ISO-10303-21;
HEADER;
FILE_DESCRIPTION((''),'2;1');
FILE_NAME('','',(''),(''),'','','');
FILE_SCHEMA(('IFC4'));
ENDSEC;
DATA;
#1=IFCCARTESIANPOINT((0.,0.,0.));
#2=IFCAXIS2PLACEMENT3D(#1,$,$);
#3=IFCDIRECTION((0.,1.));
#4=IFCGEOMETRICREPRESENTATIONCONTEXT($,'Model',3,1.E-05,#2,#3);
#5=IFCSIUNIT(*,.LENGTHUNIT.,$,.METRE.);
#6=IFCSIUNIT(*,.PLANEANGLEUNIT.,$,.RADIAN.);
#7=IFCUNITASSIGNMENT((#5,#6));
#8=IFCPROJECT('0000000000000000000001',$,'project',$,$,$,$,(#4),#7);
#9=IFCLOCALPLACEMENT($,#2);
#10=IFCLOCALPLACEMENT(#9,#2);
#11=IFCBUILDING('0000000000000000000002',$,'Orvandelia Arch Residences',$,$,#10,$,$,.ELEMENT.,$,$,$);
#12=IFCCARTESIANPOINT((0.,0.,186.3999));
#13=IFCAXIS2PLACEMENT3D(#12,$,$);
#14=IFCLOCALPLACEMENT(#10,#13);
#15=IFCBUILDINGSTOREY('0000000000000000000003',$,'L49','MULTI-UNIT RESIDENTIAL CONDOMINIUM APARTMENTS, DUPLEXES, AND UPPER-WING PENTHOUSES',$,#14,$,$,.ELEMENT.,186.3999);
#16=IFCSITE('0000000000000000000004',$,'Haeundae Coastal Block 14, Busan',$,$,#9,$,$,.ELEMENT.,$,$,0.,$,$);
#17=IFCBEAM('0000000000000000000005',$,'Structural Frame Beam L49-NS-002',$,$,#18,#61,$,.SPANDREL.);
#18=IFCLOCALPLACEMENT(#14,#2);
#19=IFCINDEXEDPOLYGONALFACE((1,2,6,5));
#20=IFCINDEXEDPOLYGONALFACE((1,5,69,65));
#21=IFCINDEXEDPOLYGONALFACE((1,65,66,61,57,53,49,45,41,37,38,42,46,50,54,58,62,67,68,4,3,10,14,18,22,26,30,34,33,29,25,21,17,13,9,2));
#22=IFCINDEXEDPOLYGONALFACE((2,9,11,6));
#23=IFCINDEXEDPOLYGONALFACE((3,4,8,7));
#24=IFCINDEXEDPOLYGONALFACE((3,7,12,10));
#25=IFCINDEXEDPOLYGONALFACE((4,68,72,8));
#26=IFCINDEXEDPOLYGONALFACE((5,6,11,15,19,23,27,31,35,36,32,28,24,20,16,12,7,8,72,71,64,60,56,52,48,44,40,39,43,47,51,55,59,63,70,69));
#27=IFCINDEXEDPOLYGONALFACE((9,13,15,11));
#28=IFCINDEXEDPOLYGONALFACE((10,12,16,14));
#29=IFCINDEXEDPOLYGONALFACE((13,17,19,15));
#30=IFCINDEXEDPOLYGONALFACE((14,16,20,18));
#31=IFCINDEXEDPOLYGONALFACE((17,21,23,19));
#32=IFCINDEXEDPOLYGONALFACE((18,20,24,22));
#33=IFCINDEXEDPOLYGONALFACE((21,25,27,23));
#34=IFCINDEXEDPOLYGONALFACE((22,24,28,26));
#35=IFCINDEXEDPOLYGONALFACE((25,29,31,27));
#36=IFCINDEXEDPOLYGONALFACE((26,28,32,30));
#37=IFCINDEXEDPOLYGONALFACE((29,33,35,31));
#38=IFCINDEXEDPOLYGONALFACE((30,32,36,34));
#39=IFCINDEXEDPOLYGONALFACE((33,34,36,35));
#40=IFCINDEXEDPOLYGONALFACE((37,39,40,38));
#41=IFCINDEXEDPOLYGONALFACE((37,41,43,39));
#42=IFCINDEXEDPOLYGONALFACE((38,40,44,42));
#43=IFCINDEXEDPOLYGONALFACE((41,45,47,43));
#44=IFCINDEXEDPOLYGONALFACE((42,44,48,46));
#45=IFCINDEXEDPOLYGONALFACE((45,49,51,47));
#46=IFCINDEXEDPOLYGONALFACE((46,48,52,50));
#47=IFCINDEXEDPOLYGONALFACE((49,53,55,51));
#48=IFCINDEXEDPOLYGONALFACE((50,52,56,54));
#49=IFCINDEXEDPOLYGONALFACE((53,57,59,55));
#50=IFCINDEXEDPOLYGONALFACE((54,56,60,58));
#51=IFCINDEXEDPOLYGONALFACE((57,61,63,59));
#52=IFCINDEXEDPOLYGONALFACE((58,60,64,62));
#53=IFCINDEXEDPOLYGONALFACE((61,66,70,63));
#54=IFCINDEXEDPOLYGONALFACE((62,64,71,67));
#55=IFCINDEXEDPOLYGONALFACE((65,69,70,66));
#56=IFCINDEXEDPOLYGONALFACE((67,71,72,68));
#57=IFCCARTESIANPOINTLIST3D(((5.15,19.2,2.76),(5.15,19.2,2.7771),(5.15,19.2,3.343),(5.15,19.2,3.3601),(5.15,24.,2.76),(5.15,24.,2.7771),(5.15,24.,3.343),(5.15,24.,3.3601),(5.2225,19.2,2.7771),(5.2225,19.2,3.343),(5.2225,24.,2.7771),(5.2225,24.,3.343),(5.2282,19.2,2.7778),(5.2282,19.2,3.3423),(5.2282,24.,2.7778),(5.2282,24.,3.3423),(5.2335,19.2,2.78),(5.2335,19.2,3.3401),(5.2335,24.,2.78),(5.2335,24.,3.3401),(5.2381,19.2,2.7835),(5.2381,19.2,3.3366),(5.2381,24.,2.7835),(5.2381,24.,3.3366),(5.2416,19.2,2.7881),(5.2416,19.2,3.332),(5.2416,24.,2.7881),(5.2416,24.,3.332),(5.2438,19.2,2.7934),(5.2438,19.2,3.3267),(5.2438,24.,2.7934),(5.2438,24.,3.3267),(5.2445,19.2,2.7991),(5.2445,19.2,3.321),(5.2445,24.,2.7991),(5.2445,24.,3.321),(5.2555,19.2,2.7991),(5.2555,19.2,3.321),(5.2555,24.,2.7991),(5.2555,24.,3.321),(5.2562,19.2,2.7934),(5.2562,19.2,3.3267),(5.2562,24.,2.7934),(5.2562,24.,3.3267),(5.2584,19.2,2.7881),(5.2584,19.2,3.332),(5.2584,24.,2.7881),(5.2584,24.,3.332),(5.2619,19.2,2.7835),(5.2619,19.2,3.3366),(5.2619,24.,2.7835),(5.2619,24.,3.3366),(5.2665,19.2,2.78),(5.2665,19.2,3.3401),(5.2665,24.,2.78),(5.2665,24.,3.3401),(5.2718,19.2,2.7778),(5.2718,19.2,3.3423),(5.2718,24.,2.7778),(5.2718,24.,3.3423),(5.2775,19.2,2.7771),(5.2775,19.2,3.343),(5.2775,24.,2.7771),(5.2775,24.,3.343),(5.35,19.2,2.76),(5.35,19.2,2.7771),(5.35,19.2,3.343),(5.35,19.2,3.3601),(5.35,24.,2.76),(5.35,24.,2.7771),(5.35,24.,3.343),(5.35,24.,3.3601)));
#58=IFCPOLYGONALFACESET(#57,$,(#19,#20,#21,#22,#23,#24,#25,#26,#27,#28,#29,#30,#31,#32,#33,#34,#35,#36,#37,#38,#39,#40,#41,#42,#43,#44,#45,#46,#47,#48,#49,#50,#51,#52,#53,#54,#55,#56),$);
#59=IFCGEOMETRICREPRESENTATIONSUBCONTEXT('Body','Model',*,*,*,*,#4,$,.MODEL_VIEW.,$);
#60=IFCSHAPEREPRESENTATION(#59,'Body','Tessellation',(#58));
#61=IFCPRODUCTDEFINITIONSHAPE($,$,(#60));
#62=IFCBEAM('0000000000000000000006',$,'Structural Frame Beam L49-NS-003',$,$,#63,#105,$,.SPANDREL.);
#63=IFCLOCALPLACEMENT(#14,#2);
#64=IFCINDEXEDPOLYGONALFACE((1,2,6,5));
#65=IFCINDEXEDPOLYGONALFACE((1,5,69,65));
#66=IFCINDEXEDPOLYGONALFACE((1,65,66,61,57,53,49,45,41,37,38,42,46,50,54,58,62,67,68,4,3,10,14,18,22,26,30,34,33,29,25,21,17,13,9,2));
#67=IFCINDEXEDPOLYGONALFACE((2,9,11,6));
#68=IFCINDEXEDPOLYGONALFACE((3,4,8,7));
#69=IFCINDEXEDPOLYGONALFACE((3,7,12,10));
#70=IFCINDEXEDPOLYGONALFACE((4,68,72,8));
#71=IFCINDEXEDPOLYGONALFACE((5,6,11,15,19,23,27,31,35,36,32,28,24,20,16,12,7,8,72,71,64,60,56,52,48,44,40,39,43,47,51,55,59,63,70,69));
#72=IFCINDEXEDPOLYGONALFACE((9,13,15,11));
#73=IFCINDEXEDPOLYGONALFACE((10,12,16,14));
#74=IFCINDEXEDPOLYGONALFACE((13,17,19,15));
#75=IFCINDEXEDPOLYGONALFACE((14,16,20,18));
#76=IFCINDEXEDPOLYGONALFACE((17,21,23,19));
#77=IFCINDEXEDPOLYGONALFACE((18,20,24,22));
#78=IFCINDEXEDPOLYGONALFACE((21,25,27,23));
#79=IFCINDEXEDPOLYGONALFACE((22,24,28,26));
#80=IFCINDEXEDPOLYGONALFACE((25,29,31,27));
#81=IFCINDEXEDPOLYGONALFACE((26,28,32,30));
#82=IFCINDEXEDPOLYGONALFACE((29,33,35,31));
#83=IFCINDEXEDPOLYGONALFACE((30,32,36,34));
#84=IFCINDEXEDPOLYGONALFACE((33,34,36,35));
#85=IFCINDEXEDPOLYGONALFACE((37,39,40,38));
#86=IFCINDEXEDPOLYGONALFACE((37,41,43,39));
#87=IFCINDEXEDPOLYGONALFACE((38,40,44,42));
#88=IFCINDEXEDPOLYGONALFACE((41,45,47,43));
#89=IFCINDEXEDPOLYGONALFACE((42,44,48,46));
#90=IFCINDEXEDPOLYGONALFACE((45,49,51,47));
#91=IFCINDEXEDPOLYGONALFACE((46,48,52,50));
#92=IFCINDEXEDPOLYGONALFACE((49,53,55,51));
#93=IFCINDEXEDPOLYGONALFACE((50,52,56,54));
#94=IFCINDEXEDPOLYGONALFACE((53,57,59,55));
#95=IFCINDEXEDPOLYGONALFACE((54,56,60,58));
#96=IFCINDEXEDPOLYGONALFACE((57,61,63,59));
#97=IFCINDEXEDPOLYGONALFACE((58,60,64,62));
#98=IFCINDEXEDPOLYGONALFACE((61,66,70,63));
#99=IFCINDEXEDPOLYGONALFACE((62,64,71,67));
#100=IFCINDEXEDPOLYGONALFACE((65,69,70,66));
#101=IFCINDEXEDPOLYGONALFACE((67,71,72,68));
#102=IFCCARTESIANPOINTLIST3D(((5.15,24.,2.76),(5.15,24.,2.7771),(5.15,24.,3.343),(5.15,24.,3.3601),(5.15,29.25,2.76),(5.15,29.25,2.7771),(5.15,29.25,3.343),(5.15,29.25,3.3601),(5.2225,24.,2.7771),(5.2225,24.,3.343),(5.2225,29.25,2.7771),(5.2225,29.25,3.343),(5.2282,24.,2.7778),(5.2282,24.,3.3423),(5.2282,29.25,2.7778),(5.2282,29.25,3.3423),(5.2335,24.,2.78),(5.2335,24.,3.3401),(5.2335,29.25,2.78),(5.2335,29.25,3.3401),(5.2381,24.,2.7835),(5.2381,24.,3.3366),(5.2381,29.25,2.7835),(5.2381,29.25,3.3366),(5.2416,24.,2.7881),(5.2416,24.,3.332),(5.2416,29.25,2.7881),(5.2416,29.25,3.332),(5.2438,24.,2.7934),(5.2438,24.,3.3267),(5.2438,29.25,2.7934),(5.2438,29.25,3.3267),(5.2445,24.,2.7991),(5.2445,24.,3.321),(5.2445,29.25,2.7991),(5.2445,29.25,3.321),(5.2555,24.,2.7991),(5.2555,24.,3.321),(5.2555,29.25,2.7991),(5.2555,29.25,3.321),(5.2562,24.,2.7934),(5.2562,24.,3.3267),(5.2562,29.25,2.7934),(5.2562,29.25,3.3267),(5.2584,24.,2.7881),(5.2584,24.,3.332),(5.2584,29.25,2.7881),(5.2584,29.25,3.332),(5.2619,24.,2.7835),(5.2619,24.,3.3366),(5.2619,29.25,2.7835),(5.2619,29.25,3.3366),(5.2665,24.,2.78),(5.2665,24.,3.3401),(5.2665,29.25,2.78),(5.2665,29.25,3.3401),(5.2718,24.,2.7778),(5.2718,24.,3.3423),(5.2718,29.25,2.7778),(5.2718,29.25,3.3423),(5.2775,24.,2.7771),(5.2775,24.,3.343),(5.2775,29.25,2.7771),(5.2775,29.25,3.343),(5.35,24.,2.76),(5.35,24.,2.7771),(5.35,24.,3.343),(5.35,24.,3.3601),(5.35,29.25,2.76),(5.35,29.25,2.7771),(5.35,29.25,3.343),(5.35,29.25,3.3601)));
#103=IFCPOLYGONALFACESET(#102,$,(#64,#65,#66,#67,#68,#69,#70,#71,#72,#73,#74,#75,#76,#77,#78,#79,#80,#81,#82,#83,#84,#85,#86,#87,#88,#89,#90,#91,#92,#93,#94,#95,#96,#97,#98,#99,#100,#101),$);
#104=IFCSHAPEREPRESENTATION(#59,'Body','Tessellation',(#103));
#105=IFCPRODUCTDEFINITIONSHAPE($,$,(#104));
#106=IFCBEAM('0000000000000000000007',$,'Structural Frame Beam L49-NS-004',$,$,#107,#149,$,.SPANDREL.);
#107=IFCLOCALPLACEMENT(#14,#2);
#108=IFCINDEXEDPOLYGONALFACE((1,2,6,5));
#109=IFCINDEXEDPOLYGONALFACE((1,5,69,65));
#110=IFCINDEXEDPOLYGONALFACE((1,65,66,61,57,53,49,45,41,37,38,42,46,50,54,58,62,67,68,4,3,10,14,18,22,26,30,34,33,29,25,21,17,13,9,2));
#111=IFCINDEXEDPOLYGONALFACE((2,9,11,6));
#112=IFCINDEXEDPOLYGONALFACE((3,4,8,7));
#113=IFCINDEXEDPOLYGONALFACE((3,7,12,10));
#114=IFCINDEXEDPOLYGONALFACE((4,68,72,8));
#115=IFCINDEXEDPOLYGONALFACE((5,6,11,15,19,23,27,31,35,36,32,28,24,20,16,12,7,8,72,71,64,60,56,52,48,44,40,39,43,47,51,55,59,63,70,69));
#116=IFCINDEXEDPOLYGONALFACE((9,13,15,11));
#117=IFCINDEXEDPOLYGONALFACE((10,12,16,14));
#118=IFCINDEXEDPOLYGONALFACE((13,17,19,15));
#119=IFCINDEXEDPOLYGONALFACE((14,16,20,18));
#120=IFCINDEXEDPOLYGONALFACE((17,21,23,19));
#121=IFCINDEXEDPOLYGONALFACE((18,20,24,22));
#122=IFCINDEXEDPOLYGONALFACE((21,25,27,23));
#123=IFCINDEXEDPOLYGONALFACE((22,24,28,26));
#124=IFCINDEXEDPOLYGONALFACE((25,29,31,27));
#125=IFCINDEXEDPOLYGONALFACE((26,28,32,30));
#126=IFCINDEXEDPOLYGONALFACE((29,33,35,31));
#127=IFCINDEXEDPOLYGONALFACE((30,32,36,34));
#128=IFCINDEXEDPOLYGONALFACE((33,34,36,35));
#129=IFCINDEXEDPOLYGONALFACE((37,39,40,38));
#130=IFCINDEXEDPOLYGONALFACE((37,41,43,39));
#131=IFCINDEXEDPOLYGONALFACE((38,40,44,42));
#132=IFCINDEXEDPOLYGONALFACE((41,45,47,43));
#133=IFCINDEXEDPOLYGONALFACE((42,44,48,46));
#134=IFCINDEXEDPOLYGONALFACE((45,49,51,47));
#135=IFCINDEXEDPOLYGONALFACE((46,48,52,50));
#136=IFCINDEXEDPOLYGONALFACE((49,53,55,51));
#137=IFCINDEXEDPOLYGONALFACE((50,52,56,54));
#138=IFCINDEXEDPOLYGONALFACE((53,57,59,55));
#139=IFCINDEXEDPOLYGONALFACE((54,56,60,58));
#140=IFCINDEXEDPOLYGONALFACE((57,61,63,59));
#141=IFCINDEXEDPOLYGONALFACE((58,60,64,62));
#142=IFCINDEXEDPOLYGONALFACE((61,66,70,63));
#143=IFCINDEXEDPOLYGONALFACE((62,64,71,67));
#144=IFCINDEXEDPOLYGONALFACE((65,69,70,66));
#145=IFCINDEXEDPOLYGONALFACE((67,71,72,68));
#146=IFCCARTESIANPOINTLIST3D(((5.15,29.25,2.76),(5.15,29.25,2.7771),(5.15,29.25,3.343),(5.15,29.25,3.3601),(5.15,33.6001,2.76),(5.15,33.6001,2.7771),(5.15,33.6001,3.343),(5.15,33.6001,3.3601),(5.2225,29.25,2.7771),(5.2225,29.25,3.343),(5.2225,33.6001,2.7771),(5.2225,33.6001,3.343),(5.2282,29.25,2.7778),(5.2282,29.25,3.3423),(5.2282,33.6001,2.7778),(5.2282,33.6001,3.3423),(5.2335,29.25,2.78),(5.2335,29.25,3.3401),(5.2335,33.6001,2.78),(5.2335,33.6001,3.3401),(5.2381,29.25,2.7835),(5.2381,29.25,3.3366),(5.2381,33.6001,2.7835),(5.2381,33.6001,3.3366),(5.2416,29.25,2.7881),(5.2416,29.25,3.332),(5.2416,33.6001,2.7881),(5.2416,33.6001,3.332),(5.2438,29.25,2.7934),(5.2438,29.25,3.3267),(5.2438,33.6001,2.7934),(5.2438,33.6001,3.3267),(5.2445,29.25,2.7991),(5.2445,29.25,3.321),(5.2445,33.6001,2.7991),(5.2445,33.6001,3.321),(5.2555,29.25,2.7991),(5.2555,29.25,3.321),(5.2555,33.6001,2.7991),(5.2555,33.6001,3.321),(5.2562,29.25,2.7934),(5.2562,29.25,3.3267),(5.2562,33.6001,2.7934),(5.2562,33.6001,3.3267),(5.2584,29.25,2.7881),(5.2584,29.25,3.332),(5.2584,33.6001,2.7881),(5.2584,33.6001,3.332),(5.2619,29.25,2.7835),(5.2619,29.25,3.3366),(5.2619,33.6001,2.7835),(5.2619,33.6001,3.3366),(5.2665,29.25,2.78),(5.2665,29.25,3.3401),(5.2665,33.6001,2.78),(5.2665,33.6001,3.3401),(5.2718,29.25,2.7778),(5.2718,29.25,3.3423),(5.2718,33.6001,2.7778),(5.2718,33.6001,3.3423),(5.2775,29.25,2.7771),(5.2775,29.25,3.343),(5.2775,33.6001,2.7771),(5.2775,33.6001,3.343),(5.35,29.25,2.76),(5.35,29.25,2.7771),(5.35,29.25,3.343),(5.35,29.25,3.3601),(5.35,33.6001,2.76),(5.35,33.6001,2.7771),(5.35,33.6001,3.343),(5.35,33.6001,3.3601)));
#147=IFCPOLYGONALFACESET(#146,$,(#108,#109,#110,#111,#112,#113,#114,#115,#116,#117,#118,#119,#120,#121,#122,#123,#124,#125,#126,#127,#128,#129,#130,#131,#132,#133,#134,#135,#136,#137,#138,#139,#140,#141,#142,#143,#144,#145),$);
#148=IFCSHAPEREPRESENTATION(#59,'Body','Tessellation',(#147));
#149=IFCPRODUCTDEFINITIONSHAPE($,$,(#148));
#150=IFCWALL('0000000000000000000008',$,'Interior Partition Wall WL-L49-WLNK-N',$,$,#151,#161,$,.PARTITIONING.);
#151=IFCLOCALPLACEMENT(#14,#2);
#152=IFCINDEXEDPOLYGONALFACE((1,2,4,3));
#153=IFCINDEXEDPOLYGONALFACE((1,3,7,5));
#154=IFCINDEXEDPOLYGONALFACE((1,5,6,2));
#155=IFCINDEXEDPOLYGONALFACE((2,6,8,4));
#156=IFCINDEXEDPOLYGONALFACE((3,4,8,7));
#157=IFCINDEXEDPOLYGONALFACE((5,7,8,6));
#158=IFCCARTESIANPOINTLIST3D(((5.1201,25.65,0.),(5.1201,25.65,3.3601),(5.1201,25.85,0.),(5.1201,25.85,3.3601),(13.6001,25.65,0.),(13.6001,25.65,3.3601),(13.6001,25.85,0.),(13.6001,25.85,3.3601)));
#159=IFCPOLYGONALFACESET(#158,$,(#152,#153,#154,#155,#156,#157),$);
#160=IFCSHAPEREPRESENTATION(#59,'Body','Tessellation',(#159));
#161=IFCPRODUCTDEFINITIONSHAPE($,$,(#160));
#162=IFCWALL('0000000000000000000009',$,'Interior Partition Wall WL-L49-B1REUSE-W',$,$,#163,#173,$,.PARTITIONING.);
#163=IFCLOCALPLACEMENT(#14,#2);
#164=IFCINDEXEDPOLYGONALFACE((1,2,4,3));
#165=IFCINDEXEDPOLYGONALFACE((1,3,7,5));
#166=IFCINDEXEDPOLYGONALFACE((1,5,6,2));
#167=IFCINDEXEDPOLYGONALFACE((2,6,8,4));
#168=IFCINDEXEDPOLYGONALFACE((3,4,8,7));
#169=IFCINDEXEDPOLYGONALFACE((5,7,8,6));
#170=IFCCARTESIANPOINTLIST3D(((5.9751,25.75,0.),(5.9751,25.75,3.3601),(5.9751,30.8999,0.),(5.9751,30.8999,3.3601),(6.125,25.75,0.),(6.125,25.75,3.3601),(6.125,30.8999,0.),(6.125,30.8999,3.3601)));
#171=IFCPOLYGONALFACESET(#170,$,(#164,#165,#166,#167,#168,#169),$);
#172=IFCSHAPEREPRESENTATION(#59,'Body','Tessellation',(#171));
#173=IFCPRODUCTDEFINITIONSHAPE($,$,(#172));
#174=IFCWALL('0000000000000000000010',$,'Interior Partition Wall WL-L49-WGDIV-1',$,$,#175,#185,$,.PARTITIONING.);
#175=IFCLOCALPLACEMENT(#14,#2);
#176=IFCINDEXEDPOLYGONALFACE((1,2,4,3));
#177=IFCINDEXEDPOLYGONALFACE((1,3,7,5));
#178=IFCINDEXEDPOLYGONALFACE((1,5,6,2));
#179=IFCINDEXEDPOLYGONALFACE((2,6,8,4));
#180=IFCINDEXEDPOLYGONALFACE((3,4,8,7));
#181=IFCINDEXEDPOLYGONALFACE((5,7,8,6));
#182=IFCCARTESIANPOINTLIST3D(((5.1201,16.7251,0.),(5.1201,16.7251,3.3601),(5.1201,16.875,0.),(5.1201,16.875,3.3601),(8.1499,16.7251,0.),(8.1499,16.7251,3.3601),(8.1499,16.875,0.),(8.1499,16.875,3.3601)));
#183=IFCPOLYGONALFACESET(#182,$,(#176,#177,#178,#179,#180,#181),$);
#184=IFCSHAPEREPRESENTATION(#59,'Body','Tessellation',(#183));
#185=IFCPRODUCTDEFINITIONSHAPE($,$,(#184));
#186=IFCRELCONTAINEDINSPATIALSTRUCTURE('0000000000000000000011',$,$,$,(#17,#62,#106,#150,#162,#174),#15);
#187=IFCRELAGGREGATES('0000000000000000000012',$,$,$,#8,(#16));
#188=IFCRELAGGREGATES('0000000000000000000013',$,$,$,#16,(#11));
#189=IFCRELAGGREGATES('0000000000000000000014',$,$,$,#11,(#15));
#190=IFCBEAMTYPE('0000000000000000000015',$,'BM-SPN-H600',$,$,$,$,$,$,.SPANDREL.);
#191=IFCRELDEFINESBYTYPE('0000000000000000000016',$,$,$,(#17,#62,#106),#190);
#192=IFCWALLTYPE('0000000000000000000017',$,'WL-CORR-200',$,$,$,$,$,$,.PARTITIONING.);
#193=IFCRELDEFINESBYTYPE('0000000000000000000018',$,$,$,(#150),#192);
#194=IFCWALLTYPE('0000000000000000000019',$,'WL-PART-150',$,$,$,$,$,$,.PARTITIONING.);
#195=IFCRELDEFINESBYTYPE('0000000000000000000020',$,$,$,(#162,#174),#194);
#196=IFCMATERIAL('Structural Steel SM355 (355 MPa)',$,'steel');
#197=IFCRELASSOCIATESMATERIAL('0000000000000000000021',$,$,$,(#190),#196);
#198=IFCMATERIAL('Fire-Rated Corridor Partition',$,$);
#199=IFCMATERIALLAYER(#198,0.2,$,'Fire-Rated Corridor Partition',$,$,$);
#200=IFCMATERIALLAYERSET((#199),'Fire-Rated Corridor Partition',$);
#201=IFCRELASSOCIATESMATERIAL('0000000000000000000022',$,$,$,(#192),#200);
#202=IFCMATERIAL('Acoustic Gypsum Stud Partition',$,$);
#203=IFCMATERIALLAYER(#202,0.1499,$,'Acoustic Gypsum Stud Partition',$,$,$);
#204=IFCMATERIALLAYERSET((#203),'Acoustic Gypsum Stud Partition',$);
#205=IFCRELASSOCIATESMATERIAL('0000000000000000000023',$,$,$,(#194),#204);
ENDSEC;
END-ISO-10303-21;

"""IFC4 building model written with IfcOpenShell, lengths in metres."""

from ifc_helpers import new_model, si_unit, direction, frame, frame_2d, origin, origin_2d, place, context, subcontext, project, spatial, rectangle, i_section, extrude, material, layer, layer_set, material_profile, profile_set, type_object, element, save


model = new_model("IFC4")

# Units and contexts
model_context = context("Model", 3, precision=1e-05, world=origin(), true_north=direction((0.0, 1.0)))
body_context = subcontext(model_context, "Body", "Model", "MODEL_VIEW")
ifc_project = project(units=[si_unit("LENGTHUNIT", "METRE"), si_unit("PLANEANGLEUNIT", "RADIAN")], contexts=[model_context])

# Site, building, storey
site_placement = place(None, origin())
site = spatial("IfcSite", under=ifc_project, at=site_placement, Name="Haeundae Coastal Block 14, Busan", CompositionType="ELEMENT", RefElevation=0.0)
building_placement = place(site_placement, origin())
building = spatial("IfcBuilding", under=site, at=building_placement, Name="Orvandelia Arch Residences", CompositionType="ELEMENT")
storey_placement = place(building_placement, frame((0.0, 0.0, 186.3999)))
storey = spatial("IfcBuildingStorey", under=building, at=storey_placement, Name="L49", Description="MULTI-UNIT RESIDENTIAL CONDOMINIUM APARTMENTS, DUPLEXES, AND UPPER-WING PENTHOUSES", CompositionType="ELEMENT", Elevation=186.3999)

# Beams
ifc_material_1 = material(Name="Structural Steel SM355 (355 MPa)", Category="steel")
ifc_material_profile_1 = material_profile(ifc_material_1, i_section(OverallWidth=0.2, OverallDepth=0.6001, WebThickness=0.011, FlangeThickness=0.0171, FilletRadius=0.022, at=origin_2d()), Name="Structural Steel SM355 (355 MPa)", Category="steel")
ifc_profile_set_1 = profile_set([ifc_material_profile_1], Name="Structural Steel SM355 (355 MPa)")
beam_type_1 = type_object("IfcBeamType", Name="BM-SPN-H600", PredefinedType="SPANDREL", material=ifc_profile_set_1)
beam_1_placement = place(storey_placement, frame((5.25, 19.2, 3.0601), z_axis=(0.0, 1.0, 0.0), x_axis=(-1.0, 0.0, 0.0)))
element("IfcBeam", 1, at=beam_1_placement, inside=storey, type_object=beam_type_1, Name="Structural Frame Beam L49-NS-002", PredefinedType="SPANDREL", context=body_context, shape_type="SweptSolid", body=[
    extrude(i_section(OverallWidth=0.2, OverallDepth=0.6001, WebThickness=0.011, FlangeThickness=0.0171, FilletRadius=0.022, at=origin_2d()), origin(), (0.0, 0.0, 1.0), 4.8),
])
beam_2_placement = place(storey_placement, frame((5.25, 24.0, 3.0601), z_axis=(0.0, 1.0, 0.0), x_axis=(-1.0, 0.0, 0.0)))
element("IfcBeam", 2, at=beam_2_placement, inside=storey, type_object=beam_type_1, Name="Structural Frame Beam L49-NS-003", PredefinedType="SPANDREL", context=body_context, shape_type="SweptSolid", body=[
    extrude(i_section(OverallWidth=0.2, OverallDepth=0.6001, WebThickness=0.011, FlangeThickness=0.0171, FilletRadius=0.022, at=origin_2d()), origin(), (0.0, 0.0, 1.0), 5.25),
])
beam_3_placement = place(storey_placement, frame((5.25, 29.25, 3.0601), z_axis=(0.0, 1.0, 0.0), x_axis=(-1.0, 0.0, 0.0)))
element("IfcBeam", 3, at=beam_3_placement, inside=storey, type_object=beam_type_1, Name="Structural Frame Beam L49-NS-004", PredefinedType="SPANDREL", context=body_context, shape_type="SweptSolid", body=[
    extrude(i_section(OverallWidth=0.2, OverallDepth=0.6001, WebThickness=0.011, FlangeThickness=0.0171, FilletRadius=0.022, at=origin_2d()), origin(), (0.0, 0.0, 1.0), 4.3501),
])

# Walls
ifc_material_2 = material(Name="Fire-Rated Corridor Partition")
ifc_layer_1 = layer(ifc_material_2, 0.2, Name="Fire-Rated Corridor Partition")
ifc_layer_set_1 = layer_set([ifc_layer_1], Name="Fire-Rated Corridor Partition")
wall_type_1 = type_object("IfcWallType", Name="WL-CORR-200", PredefinedType="PARTITIONING", material=ifc_layer_set_1)
wall_1_placement = place(storey_placement, frame((5.1201, 25.75, 0.0), z_axis=(0.0, 0.0, 1.0), x_axis=(1.0, 0.0, 0.0)))
element("IfcWall", 4, at=wall_1_placement, inside=storey, type_object=wall_type_1, Name="Interior Partition Wall WL-L49-WLNK-N", PredefinedType="PARTITIONING", context=body_context, shape_type="SweptSolid", body=[
    extrude(rectangle(XDim=8.48, YDim=0.2, at=frame_2d((4.24, 0.0))), origin(), (0.0, 0.0, 1.0), 3.3601),
])
ifc_material_3 = material(Name="Acoustic Gypsum Stud Partition")
ifc_layer_2 = layer(ifc_material_3, 0.1499, Name="Acoustic Gypsum Stud Partition")
ifc_layer_set_2 = layer_set([ifc_layer_2], Name="Acoustic Gypsum Stud Partition")
wall_type_2 = type_object("IfcWallType", Name="WL-PART-150", PredefinedType="PARTITIONING", material=ifc_layer_set_2)
wall_2_placement = place(storey_placement, frame((6.05, 25.75, 0.0), z_axis=(0.0, 0.0, 1.0), x_axis=(0.0, 1.0, 0.0)))
element("IfcWall", 5, at=wall_2_placement, inside=storey, type_object=wall_type_2, Name="Interior Partition Wall WL-L49-B1REUSE-W", PredefinedType="PARTITIONING", context=body_context, shape_type="SweptSolid", body=[
    extrude(rectangle(XDim=5.1499, YDim=0.1499, at=frame_2d((2.575, 0.0))), origin(), (0.0, 0.0, 1.0), 3.3601),
])
wall_3_placement = place(storey_placement, frame((5.1201, 16.8, 0.0), z_axis=(0.0, 0.0, 1.0), x_axis=(1.0, 0.0, 0.0)))
element("IfcWall", 6, at=wall_3_placement, inside=storey, type_object=wall_type_2, Name="Interior Partition Wall WL-L49-WGDIV-1", PredefinedType="PARTITIONING", context=body_context, shape_type="SweptSolid", body=[
    extrude(rectangle(XDim=3.0298, YDim=0.1499, at=frame_2d((1.5149, 0.0))), origin(), (0.0, 0.0, 1.0), 3.3601),
])

save(model, "model.ifc")
